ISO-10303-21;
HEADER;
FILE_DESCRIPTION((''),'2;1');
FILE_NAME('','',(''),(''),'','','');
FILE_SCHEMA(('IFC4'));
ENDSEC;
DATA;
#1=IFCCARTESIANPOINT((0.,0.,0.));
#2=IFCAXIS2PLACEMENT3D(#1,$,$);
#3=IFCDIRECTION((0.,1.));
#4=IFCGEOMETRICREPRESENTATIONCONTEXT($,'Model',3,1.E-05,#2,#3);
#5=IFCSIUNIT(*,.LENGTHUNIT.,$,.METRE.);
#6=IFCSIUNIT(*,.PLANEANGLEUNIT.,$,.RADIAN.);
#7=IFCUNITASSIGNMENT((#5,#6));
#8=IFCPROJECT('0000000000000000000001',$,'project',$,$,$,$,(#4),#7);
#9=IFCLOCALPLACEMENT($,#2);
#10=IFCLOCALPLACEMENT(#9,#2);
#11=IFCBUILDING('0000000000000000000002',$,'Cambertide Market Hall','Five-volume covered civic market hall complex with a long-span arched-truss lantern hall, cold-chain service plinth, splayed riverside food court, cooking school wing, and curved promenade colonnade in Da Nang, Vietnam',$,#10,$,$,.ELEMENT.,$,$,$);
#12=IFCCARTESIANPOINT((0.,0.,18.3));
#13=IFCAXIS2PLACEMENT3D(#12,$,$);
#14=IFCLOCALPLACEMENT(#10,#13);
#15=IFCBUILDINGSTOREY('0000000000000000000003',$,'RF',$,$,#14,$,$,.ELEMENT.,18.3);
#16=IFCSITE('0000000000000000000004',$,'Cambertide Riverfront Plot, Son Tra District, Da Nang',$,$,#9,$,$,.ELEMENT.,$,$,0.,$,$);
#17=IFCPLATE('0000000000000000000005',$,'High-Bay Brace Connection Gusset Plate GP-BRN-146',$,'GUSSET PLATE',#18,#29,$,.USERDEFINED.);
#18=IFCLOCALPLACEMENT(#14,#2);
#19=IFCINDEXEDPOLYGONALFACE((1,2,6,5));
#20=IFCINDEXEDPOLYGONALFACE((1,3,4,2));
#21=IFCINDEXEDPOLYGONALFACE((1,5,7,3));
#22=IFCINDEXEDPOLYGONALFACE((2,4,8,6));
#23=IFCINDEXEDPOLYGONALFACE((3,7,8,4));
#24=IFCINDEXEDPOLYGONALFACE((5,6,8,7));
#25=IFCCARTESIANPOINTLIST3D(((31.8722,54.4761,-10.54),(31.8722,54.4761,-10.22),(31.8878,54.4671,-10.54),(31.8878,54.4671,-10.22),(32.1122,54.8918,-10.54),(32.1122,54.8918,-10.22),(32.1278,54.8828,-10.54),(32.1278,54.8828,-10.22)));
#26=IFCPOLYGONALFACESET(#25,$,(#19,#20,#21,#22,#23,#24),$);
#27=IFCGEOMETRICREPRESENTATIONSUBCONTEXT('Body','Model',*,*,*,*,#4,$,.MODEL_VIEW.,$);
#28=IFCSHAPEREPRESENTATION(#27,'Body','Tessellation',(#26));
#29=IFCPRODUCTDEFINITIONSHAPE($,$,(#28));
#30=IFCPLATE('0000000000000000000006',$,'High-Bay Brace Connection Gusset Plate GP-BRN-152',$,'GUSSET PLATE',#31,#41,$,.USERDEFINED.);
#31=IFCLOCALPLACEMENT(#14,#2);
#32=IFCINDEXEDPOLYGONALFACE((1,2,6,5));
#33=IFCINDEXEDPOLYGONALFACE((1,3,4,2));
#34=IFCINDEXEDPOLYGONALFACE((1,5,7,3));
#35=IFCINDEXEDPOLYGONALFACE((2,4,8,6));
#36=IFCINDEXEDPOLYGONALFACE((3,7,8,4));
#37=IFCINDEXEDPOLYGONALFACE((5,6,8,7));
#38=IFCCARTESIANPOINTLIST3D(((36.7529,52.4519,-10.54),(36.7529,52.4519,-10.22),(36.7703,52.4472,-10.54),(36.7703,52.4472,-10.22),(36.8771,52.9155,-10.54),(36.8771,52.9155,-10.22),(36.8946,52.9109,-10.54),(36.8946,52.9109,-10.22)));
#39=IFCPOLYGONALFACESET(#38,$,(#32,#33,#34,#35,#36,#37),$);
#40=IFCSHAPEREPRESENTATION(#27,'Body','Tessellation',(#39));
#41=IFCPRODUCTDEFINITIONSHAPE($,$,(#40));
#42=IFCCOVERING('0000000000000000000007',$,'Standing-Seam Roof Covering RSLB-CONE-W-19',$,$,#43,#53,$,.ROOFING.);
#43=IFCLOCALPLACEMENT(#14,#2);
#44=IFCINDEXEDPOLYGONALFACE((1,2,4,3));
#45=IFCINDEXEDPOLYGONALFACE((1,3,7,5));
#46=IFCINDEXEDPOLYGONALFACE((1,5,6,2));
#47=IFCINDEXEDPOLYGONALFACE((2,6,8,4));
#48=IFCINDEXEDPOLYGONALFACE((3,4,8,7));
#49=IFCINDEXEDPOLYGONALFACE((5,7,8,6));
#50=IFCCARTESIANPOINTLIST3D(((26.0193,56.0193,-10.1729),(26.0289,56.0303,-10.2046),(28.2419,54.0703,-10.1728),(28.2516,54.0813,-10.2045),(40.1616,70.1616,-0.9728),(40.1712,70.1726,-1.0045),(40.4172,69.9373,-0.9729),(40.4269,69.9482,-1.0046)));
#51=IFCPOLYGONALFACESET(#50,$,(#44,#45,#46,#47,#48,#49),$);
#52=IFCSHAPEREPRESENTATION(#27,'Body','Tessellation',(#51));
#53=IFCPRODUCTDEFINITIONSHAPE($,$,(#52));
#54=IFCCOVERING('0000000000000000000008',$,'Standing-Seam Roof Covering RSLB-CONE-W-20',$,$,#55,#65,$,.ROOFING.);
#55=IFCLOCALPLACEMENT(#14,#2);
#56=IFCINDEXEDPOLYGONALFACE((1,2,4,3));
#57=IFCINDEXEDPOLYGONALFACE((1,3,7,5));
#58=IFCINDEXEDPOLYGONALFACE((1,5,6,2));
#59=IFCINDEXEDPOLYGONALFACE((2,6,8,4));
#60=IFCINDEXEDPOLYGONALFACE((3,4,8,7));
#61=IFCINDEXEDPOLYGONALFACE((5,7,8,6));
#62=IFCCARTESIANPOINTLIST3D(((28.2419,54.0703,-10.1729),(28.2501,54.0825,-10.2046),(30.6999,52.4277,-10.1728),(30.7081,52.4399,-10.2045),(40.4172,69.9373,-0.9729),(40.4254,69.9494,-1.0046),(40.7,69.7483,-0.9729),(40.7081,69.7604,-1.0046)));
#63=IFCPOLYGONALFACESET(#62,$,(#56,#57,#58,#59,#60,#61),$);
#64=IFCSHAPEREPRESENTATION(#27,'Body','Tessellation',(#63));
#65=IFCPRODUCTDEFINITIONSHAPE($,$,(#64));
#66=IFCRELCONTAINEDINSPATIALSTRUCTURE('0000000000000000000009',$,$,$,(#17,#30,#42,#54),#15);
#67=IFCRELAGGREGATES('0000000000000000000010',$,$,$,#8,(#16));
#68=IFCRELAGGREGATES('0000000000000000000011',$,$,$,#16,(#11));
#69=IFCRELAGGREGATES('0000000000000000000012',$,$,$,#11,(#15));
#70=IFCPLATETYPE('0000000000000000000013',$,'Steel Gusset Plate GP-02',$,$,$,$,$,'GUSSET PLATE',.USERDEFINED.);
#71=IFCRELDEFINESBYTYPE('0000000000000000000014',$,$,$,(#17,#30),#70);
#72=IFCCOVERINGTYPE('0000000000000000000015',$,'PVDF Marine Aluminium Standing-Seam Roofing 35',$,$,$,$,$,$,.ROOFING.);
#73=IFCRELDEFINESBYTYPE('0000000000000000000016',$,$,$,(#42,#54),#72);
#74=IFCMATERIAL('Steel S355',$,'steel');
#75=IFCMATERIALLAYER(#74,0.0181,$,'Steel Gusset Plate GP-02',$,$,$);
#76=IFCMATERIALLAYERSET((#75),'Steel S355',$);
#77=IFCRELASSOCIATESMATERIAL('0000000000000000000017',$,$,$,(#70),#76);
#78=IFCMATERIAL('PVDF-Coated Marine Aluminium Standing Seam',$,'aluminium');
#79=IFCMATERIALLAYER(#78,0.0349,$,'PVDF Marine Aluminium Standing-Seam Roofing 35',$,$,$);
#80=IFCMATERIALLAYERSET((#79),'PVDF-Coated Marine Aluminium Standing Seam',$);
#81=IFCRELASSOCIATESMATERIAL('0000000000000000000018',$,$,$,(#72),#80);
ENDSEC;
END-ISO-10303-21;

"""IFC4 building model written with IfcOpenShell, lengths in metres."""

from ifc_helpers import new_model, si_unit, direction, frame, origin, origin_2d, place, context, subcontext, project, spatial, polyline, rectangle, outline, extrude, material, layer, layer_set, type_object, element, save


model = new_model("IFC4")

# Units and contexts
model_context = context("Model", 3, precision=1e-05, world=origin(), true_north=direction((0.0, 1.0)))
body_context = subcontext(model_context, "Body", "Model", "MODEL_VIEW")
ifc_project = project(units=[si_unit("LENGTHUNIT", "METRE"), si_unit("PLANEANGLEUNIT", "RADIAN")], contexts=[model_context])

# Site, building, storey
site_placement = place(None, origin())
site = spatial("IfcSite", under=ifc_project, at=site_placement, Name="Cambertide Riverfront Plot, Son Tra District, Da Nang", CompositionType="ELEMENT", RefElevation=0.0)
building_placement = place(site_placement, origin())
building = spatial("IfcBuilding", under=site, at=building_placement, Name="Cambertide Market Hall", Description="Five-volume covered civic market hall complex with a long-span arched-truss lantern hall, cold-chain service plinth, splayed riverside food court, cooking school wing, and curved promenade colonnade in Da Nang, Vietnam", CompositionType="ELEMENT")
storey_placement = place(building_placement, frame((0.0, 0.0, 18.3)))
storey = spatial("IfcBuildingStorey", under=building, at=storey_placement, Name="RF", CompositionType="ELEMENT", Elevation=18.3)

# Plates
ifc_material_1 = material(Name="Steel S355", Category="steel")
ifc_layer_1 = layer(ifc_material_1, 0.0181, Name="Steel Gusset Plate GP-02")
ifc_layer_set_1 = layer_set([ifc_layer_1], Name="Steel S355")
plate_type_1 = type_object("IfcPlateType", Name="Steel Gusset Plate GP-02", ElementType="GUSSET PLATE", PredefinedType="USERDEFINED", material=ifc_layer_set_1)
for number, where, z_axis, x_axis, name in (
    (1, (32.0, 54.6794, -10.54), (0.0, 0.0, 1.0), (0.5, 0.866025, 0.0), "High-Bay Brace Connection Gusset Plate GP-BRN-146"),
    (2, (36.8237, 52.6814, -10.54), (0.0, 0.0, 1.0), (0.258819, 0.965926, 0.0), "High-Bay Brace Connection Gusset Plate GP-BRN-152"),
):
    element("IfcPlate", number, at=place(storey_placement, frame(where, z_axis=z_axis, x_axis=x_axis)), inside=storey, type_object=plate_type_1, Name=name, ObjectType="GUSSET PLATE", PredefinedType="USERDEFINED", context=body_context, shape_type="SweptSolid", body=[
        extrude(rectangle(XDim=0.48, YDim=0.0181, at=origin_2d()), origin(), (0.0, 0.0, 1.0), 0.3201),
    ])

# Coverings
ifc_material_2 = material(Name="PVDF-Coated Marine Aluminium Standing Seam", Category="aluminium")
ifc_layer_2 = layer(ifc_material_2, 0.0349, Name="PVDF Marine Aluminium Standing-Seam Roofing 35")
ifc_layer_set_2 = layer_set([ifc_layer_2], Name="PVDF-Coated Marine Aluminium Standing Seam")
covering_type = type_object("IfcCoveringType", Name="PVDF Marine Aluminium Standing-Seam Roofing 35", PredefinedType="ROOFING", material=ifc_layer_set_2)
covering_1_placement = place(storey_placement, frame((26.0193, 56.0193, -10.1729), z_axis=(-0.276026, -0.314754, 0.908152), x_axis=(0.751875, -0.659306, 0.000019)))
element("IfcCovering", 3, at=covering_1_placement, inside=storey, type_object=covering_type, Name="Standing-Seam Roof Covering RSLB-CONE-W-19", PredefinedType="ROOFING", context=body_context, shape_type="SweptSolid", body=[
    extrude(outline(polyline([(0.0, 0.0), (2.9561, 0.0), (1.6494, 21.9757), (1.3093, 21.9758), (0.0, 0.0)])), origin(), (0.0, 0.0, -1.0), 0.0349),
])
covering_2_placement = place(storey_placement, frame((28.2419, 54.0703, -10.1729), z_axis=(-0.232608, -0.348075, 0.908151), x_axis=(0.831439, -0.555616, 0.000004)))
element("IfcCovering", 4, at=covering_2_placement, inside=storey, type_object=covering_type, Name="Standing-Seam Roof Covering RSLB-CONE-W-20", PredefinedType="ROOFING", context=body_context, shape_type="SweptSolid", body=[
    extrude(outline(polyline([(0.0, 0.0), (2.9563, 0.0), (1.6472, 21.9756), (1.3071, 21.9756), (0.0, 0.0)])), origin(), (0.0, 0.0, -1.0), 0.0349),
])

save(model, "model.ifc")
